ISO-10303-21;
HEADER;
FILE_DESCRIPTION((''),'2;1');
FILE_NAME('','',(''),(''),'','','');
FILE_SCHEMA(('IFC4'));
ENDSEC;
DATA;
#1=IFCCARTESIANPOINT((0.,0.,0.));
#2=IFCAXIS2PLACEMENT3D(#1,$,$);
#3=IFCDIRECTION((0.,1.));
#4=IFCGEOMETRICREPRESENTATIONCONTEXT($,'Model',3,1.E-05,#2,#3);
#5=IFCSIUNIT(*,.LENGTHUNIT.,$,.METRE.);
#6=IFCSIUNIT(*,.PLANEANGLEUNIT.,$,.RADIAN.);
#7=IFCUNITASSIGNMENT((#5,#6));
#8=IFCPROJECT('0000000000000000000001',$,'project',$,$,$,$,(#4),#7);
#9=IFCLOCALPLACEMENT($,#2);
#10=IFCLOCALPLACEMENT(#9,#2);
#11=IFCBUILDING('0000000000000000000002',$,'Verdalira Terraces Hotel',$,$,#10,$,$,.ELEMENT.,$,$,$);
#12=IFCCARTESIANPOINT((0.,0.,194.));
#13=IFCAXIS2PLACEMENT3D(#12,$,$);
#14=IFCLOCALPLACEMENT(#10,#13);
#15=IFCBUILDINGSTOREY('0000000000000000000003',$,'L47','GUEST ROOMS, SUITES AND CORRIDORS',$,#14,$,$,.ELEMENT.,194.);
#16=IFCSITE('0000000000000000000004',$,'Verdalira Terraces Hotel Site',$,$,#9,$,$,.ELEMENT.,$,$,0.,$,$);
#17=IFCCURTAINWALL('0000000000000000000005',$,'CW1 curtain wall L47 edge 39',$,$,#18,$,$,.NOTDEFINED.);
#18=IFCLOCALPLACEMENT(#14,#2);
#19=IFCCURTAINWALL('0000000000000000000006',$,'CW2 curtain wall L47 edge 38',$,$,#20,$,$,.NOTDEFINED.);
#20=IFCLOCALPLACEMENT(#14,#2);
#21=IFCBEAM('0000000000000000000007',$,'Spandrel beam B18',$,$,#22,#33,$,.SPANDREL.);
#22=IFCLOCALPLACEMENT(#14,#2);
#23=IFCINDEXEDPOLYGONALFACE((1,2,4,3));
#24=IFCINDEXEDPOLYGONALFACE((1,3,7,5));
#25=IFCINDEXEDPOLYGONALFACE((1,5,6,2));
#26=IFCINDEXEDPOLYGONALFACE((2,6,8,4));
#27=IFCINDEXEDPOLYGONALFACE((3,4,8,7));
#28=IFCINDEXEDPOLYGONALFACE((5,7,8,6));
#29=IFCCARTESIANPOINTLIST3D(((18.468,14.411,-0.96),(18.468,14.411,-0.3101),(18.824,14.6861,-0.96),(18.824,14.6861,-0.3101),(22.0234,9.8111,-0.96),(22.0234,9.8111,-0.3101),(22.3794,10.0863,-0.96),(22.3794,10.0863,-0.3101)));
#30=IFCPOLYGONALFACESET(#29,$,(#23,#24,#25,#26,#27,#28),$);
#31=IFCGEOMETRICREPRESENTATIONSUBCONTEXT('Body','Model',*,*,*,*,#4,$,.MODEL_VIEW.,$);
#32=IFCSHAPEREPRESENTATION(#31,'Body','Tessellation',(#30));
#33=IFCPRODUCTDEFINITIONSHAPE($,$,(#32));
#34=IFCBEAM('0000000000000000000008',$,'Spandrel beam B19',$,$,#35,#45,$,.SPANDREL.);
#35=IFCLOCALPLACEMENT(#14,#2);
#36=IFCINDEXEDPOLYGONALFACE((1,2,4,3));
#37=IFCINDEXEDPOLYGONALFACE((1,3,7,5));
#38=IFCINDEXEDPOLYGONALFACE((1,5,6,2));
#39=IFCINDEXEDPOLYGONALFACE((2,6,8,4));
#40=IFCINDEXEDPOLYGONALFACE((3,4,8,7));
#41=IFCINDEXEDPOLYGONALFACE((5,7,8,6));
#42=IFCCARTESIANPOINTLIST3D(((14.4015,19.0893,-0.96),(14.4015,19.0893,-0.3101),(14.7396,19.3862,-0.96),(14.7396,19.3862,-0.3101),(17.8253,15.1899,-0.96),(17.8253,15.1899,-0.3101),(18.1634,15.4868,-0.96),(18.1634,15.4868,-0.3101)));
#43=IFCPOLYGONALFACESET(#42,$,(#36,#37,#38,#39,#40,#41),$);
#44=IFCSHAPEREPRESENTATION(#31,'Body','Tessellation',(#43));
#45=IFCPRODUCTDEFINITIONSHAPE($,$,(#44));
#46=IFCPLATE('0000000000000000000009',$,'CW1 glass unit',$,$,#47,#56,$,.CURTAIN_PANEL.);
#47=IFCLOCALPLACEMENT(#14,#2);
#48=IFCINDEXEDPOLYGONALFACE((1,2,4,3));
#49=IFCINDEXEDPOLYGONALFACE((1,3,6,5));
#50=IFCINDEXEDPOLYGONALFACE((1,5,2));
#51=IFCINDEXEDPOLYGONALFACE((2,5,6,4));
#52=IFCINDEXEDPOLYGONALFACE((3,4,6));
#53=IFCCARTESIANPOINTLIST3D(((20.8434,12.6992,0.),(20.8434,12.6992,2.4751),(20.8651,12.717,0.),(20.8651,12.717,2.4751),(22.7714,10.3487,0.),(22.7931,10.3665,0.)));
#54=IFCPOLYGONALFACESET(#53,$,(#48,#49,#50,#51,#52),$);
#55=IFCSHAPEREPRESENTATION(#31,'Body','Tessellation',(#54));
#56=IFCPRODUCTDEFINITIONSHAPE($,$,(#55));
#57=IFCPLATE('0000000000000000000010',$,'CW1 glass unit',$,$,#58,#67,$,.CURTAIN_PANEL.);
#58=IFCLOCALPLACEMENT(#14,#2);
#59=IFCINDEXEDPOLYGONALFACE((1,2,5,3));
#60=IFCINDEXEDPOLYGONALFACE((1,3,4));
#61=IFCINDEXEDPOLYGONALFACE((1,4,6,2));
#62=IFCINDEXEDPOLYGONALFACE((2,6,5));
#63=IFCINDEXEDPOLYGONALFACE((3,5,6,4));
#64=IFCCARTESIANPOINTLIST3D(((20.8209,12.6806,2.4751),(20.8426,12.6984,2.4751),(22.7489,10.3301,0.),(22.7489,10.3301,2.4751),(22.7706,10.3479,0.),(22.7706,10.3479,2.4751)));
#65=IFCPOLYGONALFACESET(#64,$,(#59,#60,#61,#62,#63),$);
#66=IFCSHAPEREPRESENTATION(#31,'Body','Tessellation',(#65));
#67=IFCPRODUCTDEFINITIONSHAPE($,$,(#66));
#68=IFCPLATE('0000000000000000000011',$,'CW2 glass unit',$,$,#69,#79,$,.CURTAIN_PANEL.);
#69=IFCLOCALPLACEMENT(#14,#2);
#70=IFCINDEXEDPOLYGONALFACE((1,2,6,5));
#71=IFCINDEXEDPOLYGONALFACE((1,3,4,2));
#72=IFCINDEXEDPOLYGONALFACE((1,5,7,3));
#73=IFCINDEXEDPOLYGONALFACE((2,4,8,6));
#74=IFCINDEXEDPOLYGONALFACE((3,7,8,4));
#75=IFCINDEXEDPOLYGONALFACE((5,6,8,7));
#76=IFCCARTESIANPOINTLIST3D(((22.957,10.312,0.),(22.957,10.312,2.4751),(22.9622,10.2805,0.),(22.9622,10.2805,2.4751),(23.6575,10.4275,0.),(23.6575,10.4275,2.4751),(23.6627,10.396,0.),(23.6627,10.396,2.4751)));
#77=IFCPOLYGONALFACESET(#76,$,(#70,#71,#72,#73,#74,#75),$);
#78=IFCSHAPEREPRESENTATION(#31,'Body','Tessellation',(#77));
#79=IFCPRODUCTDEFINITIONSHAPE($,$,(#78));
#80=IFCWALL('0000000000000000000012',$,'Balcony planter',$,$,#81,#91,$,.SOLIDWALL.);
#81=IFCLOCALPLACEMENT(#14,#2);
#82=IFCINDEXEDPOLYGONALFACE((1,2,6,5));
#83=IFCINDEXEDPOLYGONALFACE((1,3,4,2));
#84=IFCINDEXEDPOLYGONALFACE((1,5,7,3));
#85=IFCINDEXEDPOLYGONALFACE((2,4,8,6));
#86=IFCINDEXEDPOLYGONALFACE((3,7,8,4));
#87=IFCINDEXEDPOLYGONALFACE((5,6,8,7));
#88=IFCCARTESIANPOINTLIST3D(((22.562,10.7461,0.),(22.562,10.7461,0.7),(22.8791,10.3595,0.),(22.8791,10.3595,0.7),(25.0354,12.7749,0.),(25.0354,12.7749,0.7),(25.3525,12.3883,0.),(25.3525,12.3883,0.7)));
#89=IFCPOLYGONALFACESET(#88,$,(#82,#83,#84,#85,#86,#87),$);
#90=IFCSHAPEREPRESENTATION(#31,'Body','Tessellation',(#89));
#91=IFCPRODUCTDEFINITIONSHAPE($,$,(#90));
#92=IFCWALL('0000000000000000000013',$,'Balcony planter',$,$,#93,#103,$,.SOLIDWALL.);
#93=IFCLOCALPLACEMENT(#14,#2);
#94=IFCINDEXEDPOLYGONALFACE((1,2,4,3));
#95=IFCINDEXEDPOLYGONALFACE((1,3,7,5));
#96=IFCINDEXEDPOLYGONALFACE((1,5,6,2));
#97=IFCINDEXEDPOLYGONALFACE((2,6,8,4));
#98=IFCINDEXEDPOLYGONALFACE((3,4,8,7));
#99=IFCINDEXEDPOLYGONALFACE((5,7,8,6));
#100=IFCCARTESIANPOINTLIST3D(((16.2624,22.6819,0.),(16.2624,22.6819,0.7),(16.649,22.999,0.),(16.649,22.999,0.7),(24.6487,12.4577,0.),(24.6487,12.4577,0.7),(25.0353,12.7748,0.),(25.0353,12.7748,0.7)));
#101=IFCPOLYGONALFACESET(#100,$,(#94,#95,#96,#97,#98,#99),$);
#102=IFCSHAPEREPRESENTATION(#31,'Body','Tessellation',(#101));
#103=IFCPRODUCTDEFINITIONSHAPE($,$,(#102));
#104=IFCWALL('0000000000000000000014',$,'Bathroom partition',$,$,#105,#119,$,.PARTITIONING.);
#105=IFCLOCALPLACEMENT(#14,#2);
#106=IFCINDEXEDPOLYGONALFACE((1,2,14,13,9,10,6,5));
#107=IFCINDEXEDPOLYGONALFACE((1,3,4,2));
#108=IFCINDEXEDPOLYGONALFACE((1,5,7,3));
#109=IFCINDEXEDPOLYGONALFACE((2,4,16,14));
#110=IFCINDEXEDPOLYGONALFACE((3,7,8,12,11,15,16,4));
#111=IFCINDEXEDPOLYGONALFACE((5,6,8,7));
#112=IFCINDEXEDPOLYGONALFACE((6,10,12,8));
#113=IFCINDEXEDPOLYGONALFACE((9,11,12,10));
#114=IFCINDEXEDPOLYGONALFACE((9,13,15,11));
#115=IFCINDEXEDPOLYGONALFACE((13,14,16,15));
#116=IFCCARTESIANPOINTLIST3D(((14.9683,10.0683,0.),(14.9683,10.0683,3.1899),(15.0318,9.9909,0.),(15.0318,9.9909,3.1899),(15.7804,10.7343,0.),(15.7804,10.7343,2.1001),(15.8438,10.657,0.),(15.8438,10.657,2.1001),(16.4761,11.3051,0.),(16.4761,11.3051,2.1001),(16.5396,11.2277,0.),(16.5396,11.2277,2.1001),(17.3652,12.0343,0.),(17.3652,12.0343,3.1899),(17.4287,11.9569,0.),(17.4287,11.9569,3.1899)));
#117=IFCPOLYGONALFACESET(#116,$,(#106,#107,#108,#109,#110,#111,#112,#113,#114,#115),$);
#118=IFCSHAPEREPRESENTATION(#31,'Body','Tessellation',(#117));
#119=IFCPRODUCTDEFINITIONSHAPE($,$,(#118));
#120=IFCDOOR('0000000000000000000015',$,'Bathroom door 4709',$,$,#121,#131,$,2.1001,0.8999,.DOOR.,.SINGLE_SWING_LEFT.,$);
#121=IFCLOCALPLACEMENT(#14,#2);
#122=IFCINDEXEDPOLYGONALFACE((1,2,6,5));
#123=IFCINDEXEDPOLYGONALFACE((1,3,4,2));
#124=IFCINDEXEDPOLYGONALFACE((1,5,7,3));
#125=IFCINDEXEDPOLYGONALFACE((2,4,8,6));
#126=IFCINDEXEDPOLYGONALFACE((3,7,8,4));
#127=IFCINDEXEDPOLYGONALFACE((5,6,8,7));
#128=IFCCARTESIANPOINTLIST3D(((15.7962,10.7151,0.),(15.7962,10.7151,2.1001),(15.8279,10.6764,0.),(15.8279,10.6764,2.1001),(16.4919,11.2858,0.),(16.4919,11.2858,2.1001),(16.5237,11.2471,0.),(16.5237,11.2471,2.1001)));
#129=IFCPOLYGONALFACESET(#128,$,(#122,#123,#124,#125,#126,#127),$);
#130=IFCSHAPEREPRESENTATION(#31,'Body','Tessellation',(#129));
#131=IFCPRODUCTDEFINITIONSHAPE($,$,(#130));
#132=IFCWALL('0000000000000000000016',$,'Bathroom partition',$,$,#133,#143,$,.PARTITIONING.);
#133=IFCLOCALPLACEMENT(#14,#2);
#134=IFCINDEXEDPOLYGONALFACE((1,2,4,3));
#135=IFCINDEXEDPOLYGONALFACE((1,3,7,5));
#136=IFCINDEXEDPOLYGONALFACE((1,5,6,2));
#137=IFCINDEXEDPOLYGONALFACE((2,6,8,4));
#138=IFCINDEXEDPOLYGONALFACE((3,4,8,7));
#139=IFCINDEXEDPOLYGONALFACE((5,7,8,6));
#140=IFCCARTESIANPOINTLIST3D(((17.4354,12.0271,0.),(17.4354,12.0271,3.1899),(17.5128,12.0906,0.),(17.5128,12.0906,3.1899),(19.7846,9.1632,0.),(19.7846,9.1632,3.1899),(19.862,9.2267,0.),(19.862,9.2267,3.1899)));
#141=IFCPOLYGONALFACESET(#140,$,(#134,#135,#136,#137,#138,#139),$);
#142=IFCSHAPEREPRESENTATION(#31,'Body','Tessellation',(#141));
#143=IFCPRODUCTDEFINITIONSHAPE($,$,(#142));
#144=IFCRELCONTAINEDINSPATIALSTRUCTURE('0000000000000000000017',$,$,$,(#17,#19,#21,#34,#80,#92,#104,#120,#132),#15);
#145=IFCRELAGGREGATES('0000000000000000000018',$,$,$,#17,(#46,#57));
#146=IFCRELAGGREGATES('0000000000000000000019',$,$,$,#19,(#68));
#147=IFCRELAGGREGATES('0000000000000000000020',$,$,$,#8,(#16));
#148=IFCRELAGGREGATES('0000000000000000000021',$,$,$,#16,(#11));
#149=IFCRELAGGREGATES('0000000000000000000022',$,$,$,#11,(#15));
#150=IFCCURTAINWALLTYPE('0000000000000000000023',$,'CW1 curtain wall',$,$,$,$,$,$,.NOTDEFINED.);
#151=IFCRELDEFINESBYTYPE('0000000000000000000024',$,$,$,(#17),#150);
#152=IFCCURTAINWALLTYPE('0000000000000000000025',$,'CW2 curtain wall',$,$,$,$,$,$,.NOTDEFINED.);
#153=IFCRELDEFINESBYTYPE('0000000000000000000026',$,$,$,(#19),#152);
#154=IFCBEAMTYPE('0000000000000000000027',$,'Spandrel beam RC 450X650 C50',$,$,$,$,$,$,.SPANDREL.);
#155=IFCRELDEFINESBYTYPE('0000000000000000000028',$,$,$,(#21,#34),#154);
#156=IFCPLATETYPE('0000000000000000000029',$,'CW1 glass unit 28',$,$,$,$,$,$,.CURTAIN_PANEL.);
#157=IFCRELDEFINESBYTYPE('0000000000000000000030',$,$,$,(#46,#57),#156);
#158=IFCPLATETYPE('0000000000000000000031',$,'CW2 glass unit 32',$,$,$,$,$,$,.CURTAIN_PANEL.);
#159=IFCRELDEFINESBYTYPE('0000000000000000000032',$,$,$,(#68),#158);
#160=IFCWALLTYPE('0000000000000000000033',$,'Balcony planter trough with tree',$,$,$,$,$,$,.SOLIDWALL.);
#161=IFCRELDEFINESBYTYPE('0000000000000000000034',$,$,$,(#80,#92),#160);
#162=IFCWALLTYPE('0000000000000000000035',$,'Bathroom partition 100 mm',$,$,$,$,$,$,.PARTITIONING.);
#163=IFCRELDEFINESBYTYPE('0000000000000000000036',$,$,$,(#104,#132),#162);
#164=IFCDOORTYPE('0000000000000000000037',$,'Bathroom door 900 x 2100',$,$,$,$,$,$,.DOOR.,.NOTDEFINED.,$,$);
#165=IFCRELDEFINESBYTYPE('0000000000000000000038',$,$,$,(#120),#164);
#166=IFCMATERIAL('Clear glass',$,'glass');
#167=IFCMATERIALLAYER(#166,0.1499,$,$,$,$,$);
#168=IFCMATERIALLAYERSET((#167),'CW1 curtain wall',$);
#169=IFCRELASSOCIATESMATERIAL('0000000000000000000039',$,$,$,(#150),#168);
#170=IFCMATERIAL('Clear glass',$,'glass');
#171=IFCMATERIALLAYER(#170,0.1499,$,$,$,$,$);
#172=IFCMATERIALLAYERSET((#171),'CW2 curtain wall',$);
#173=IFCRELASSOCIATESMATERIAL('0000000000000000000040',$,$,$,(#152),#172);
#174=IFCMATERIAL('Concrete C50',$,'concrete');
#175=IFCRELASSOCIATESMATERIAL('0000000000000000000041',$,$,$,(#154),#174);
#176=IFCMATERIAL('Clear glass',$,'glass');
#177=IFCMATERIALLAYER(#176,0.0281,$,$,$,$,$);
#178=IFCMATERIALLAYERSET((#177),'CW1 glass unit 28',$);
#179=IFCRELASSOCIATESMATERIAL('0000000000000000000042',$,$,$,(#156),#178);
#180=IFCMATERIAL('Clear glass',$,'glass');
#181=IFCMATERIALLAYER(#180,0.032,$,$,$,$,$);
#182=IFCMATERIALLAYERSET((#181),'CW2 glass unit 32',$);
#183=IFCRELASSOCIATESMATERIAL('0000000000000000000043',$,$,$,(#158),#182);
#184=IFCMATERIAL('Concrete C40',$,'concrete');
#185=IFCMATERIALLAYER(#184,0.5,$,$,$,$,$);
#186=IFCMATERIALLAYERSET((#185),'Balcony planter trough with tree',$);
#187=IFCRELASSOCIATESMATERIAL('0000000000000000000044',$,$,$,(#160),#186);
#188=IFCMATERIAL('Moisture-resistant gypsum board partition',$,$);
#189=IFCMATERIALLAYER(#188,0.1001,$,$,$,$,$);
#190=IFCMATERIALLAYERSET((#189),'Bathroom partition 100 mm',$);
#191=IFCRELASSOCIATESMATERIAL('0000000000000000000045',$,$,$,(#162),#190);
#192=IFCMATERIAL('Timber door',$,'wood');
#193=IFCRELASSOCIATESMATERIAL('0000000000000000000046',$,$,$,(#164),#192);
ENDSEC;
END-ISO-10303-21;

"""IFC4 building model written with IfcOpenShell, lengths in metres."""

from ifc_helpers import new_model, si_unit, direction, frame, frame_2d, origin, origin_2d, place, context, subcontext, project, spatial, polyline, rectangle, outline, extrude, material, layer, layer_set, material_profile, profile_set, type_object, element, fill, aggregate, save


model = new_model("IFC4")

# Units and contexts
model_context = context("Model", 3, precision=1e-05, world=origin(), true_north=direction((0.0, 1.0)))
body_context = subcontext(model_context, "Body", "Model", "MODEL_VIEW")
ifc_project = project(units=[si_unit("LENGTHUNIT", "METRE"), si_unit("PLANEANGLEUNIT", "RADIAN")], contexts=[model_context])

# Site, building, storey
site_placement = place(None, origin())
site = spatial("IfcSite", under=ifc_project, at=site_placement, Name="Verdalira Terraces Hotel Site", CompositionType="ELEMENT", RefElevation=0.0)
building_placement = place(site_placement, origin())
building = spatial("IfcBuilding", under=site, at=building_placement, Name="Verdalira Terraces Hotel", CompositionType="ELEMENT")
storey_placement = place(building_placement, frame((0.0, 0.0, 194.0)))
storey = spatial("IfcBuildingStorey", under=building, at=storey_placement, Name="L47", Description="GUEST ROOMS, SUITES AND CORRIDORS", CompositionType="ELEMENT", Elevation=194.0)

# Curtain walls
ifc_material_1 = material(Name="Clear glass", Category="glass")
ifc_layer_1 = layer(ifc_material_1, 0.1499)
ifc_layer_set_1 = layer_set([ifc_layer_1], Name="CW1 curtain wall")
curtain_wall_type_1 = type_object("IfcCurtainWallType", Name="CW1 curtain wall", PredefinedType="NOTDEFINED", material=ifc_layer_set_1)
curtain_wall_1_placement = place(storey_placement, origin())
curtain_wall_1 = element("IfcCurtainWall", 1, at=curtain_wall_1_placement, inside=storey, type_object=curtain_wall_type_1, Name="CW1 curtain wall L47 edge 39", PredefinedType="NOTDEFINED")
ifc_material_2 = material(Name="Clear glass", Category="glass")
ifc_layer_2 = layer(ifc_material_2, 0.1499)
ifc_layer_set_2 = layer_set([ifc_layer_2], Name="CW2 curtain wall")
curtain_wall_type_2 = type_object("IfcCurtainWallType", Name="CW2 curtain wall", PredefinedType="NOTDEFINED", material=ifc_layer_set_2)
curtain_wall_2_placement = place(storey_placement, origin())
curtain_wall_2 = element("IfcCurtainWall", 2, at=curtain_wall_2_placement, inside=storey, type_object=curtain_wall_type_2, Name="CW2 curtain wall L47 edge 38", PredefinedType="NOTDEFINED")

# Beams
ifc_material_3 = material(Name="Concrete C50", Category="concrete")
ifc_material_profile_1 = material_profile(ifc_material_3, rectangle(XDim=0.45, YDim=0.6499, at=origin_2d()), Name="RC 450X650")
ifc_profile_set_1 = profile_set([ifc_material_profile_1], Name="Concrete C50")
beam_type_1 = type_object("IfcBeamType", Name="Spandrel beam RC 450X650 C50", PredefinedType="SPANDREL", material=ifc_profile_set_1)
beam_1_placement = place(storey_placement, frame((22.2014, 9.9487, -0.635), z_axis=(-0.611554, 0.791203, 0.0), x_axis=(-0.791203, -0.611554, 0.0)))
element("IfcBeam", 3, at=beam_1_placement, inside=storey, type_object=beam_type_1, Name="Spandrel beam B18", PredefinedType="SPANDREL", context=body_context, shape_type="SweptSolid", body=[
    extrude(rectangle(XDim=0.45, YDim=0.6499, at=origin_2d()), origin(), (0.0, 0.0, 1.0), 5.8137),
])
beam_2_placement = place(storey_placement, frame((17.9944, 15.3384, -0.635), z_axis=(-0.659796, 0.751445, 0.0), x_axis=(-0.751445, -0.659796, 0.0)))
element("IfcBeam", 4, at=beam_2_placement, inside=storey, type_object=beam_type_1, Name="Spandrel beam B19", PredefinedType="SPANDREL", context=body_context, shape_type="SweptSolid", body=[
    extrude(rectangle(XDim=0.45, YDim=0.6499, at=origin_2d()), origin(), (0.0, 0.0, 1.0), 5.1892),
])

# Plates
ifc_material_4 = material(Name="Clear glass", Category="glass")
ifc_layer_3 = layer(ifc_material_4, 0.0281)
ifc_layer_set_3 = layer_set([ifc_layer_3], Name="CW1 glass unit 28")
plate_type_1 = type_object("IfcPlateType", Name="CW1 glass unit 28", PredefinedType="CURTAIN_PANEL", material=ifc_layer_set_3)
plate_1_placement = place(storey_placement, frame((21.8074, 11.5239, 1.2375), z_axis=(0.773177, 0.634191, 0.0), x_axis=(-0.634191, 0.773177, 0.0)))
plate_1 = element("IfcPlate", 5, at=plate_1_placement, type_object=plate_type_1, Name="CW1 glass unit", PredefinedType="CURTAIN_PANEL", context=body_context, shape_type="SweptSolid", body=[
    extrude(outline(polyline([(-1.52, -1.2375), (1.52, -1.2375), (1.52, 1.2375), (-1.52, -1.2375)])), origin(), (0.0, 0.0, 1.0), 0.0281),
])
plate_2_placement = place(storey_placement, frame((21.7849, 11.5054, 1.2375), z_axis=(0.773177, 0.634191, 0.0), x_axis=(-0.634191, 0.773177, 0.0)))
plate_2 = element("IfcPlate", 6, at=plate_2_placement, type_object=plate_type_1, Name="CW1 glass unit", PredefinedType="CURTAIN_PANEL", context=body_context, shape_type="SweptSolid", body=[
    extrude(outline(polyline([(-1.52, -1.2375), (1.52, 1.2375), (-1.52, 1.2375), (-1.52, -1.2375)])), origin(), (0.0, 0.0, 1.0), 0.0281),
])
aggregate(curtain_wall_1, [plate_1, plate_2])
ifc_material_5 = material(Name="Clear glass", Category="glass")
ifc_layer_4 = layer(ifc_material_5, 0.032)
ifc_layer_set_4 = layer_set([ifc_layer_4], Name="CW2 glass unit 32")
plate_type_2 = type_object("IfcPlateType", Name="CW2 glass unit 32", PredefinedType="CURTAIN_PANEL", material=ifc_layer_set_4)
plate_3_placement = place(storey_placement, frame((23.3098, 10.354, 0.0), z_axis=(0.0, 0.0, 1.0), x_axis=(-0.986686, -0.162637, 0.0)))
plate_3 = element("IfcPlate", 7, at=plate_3_placement, type_object=plate_type_2, Name="CW2 glass unit", PredefinedType="CURTAIN_PANEL", context=body_context, shape_type="SweptSolid", body=[
    extrude(rectangle(XDim=0.71, YDim=0.032, at=origin_2d()), origin(), (0.0, 0.0, 1.0), 2.4751),
])
aggregate(curtain_wall_2, [plate_3])

# Walls
ifc_material_6 = material(Name="Concrete C40", Category="concrete")
ifc_layer_5 = layer(ifc_material_6, 0.5)
ifc_layer_set_5 = layer_set([ifc_layer_5], Name="Balcony planter trough with tree")
wall_type_1 = type_object("IfcWallType", Name="Balcony planter trough with tree", PredefinedType="SOLIDWALL", material=ifc_layer_set_5)
wall_1_placement = place(storey_placement, frame((22.7205, 10.5527, 0.0), z_axis=(0.0, 0.0, 1.0), x_axis=(0.773171, 0.634197, 0.0)))
element("IfcWall", 8, at=wall_1_placement, inside=storey, type_object=wall_type_1, Name="Balcony planter", PredefinedType="SOLIDWALL", context=body_context, shape_type="SweptSolid", body=[
    extrude(rectangle(XDim=3.199, YDim=0.5, at=frame_2d((1.5996, 0.0))), origin(), (0.0, 0.0, 1.0), 0.7),
])
wall_2_placement = place(storey_placement, frame((24.842, 12.6162, 0.0), z_axis=(0.0, 0.0, 1.0), x_axis=(-0.63419, 0.773177, 0.0)))
element("IfcWall", 9, at=wall_2_placement, inside=storey, type_object=wall_type_1, Name="Balcony planter", PredefinedType="SOLIDWALL", context=body_context, shape_type="SweptSolid", body=[
    extrude(rectangle(XDim=13.2236, YDim=0.5, at=frame_2d((6.6118, 0.0))), origin(), (0.0, 0.0, 1.0), 0.7),
])

# Wall, opening, door
ifc_material_7 = material(Name="Moisture-resistant gypsum board partition")
ifc_layer_6 = layer(ifc_material_7, 0.1001)
ifc_layer_set_6 = layer_set([ifc_layer_6], Name="Bathroom partition 100 mm")
wall_type_2 = type_object("IfcWallType", Name="Bathroom partition 100 mm", PredefinedType="PARTITIONING", material=ifc_layer_set_6)
wall_3_placement = place(storey_placement, frame((17.397, 11.9956, 0.0), z_axis=(0.0, 0.0, 1.0), x_axis=(-0.773181, -0.634185, 0.0)))
wall_3 = element("IfcWall", 10, at=wall_3_placement, inside=storey, type_object=wall_type_2, Name="Bathroom partition", PredefinedType="PARTITIONING", context=body_context, shape_type="SweptSolid", body=[
    extrude(rectangle(XDim=3.1001, YDim=0.1001, at=frame_2d((1.55, 0.0))), origin(), (0.0, 0.0, 1.0), 3.1899),
])
opening_1_placement = place(wall_3_placement, frame((1.1499, 0.0, 0.0)))
opening_1 = element("IfcOpeningElement", 11, at=opening_1_placement, cuts=wall_3, PredefinedType="OPENING", context=body_context, shape_type="SweptSolid", body=[
    extrude(rectangle(XDim=0.8999, YDim=2.1001, at=frame_2d((0.45, 1.05))), frame((0.0, 0.0601, 0.0), z_axis=(0.0, -1.0, 0.0), x_axis=(1.0, 0.0, 0.0)), (0.0, 0.0, 1.0), 0.1201),
])
ifc_material_8 = material(Name="Timber door", Category="wood")
door_type_1 = type_object("IfcDoorType", Name="Bathroom door 900 x 2100", OperationType="NOTDEFINED", PredefinedType="DOOR", material=ifc_material_8)
door_1_placement = place(opening_1_placement, origin())
door_1 = element("IfcDoor", 12, at=door_1_placement, inside=storey, type_object=door_type_1, Name="Bathroom door 4709", OperationType="SINGLE_SWING_LEFT", OverallHeight=2.1001, OverallWidth=0.8999, PredefinedType="DOOR", context=body_context, shape_type="SweptSolid", body=[
    extrude(rectangle(XDim=0.8999, YDim=2.1001, at=frame_2d((0.45, 1.05))), frame((0.0, 0.0249, 0.0), z_axis=(0.0, -1.0, 0.0), x_axis=(1.0, 0.0, 0.0)), (0.0, 0.0, 1.0), 0.05),
])
fill(opening_1, door_1)

# Wall
wall_4_placement = place(storey_placement, frame((17.4741, 12.0588, 0.0), z_axis=(0.0, 0.0, 1.0), x_axis=(0.634214, -0.773158, 0.0)))
element("IfcWall", 13, at=wall_4_placement, inside=storey, type_object=wall_type_2, Name="Bathroom partition", PredefinedType="PARTITIONING", context=body_context, shape_type="SweptSolid", body=[
    extrude(rectangle(XDim=3.7041, YDim=0.1001, at=frame_2d((1.8521, 0.0))), origin(), (0.0, 0.0, 1.0), 3.1899),
])

save(model, "model.ifc")
